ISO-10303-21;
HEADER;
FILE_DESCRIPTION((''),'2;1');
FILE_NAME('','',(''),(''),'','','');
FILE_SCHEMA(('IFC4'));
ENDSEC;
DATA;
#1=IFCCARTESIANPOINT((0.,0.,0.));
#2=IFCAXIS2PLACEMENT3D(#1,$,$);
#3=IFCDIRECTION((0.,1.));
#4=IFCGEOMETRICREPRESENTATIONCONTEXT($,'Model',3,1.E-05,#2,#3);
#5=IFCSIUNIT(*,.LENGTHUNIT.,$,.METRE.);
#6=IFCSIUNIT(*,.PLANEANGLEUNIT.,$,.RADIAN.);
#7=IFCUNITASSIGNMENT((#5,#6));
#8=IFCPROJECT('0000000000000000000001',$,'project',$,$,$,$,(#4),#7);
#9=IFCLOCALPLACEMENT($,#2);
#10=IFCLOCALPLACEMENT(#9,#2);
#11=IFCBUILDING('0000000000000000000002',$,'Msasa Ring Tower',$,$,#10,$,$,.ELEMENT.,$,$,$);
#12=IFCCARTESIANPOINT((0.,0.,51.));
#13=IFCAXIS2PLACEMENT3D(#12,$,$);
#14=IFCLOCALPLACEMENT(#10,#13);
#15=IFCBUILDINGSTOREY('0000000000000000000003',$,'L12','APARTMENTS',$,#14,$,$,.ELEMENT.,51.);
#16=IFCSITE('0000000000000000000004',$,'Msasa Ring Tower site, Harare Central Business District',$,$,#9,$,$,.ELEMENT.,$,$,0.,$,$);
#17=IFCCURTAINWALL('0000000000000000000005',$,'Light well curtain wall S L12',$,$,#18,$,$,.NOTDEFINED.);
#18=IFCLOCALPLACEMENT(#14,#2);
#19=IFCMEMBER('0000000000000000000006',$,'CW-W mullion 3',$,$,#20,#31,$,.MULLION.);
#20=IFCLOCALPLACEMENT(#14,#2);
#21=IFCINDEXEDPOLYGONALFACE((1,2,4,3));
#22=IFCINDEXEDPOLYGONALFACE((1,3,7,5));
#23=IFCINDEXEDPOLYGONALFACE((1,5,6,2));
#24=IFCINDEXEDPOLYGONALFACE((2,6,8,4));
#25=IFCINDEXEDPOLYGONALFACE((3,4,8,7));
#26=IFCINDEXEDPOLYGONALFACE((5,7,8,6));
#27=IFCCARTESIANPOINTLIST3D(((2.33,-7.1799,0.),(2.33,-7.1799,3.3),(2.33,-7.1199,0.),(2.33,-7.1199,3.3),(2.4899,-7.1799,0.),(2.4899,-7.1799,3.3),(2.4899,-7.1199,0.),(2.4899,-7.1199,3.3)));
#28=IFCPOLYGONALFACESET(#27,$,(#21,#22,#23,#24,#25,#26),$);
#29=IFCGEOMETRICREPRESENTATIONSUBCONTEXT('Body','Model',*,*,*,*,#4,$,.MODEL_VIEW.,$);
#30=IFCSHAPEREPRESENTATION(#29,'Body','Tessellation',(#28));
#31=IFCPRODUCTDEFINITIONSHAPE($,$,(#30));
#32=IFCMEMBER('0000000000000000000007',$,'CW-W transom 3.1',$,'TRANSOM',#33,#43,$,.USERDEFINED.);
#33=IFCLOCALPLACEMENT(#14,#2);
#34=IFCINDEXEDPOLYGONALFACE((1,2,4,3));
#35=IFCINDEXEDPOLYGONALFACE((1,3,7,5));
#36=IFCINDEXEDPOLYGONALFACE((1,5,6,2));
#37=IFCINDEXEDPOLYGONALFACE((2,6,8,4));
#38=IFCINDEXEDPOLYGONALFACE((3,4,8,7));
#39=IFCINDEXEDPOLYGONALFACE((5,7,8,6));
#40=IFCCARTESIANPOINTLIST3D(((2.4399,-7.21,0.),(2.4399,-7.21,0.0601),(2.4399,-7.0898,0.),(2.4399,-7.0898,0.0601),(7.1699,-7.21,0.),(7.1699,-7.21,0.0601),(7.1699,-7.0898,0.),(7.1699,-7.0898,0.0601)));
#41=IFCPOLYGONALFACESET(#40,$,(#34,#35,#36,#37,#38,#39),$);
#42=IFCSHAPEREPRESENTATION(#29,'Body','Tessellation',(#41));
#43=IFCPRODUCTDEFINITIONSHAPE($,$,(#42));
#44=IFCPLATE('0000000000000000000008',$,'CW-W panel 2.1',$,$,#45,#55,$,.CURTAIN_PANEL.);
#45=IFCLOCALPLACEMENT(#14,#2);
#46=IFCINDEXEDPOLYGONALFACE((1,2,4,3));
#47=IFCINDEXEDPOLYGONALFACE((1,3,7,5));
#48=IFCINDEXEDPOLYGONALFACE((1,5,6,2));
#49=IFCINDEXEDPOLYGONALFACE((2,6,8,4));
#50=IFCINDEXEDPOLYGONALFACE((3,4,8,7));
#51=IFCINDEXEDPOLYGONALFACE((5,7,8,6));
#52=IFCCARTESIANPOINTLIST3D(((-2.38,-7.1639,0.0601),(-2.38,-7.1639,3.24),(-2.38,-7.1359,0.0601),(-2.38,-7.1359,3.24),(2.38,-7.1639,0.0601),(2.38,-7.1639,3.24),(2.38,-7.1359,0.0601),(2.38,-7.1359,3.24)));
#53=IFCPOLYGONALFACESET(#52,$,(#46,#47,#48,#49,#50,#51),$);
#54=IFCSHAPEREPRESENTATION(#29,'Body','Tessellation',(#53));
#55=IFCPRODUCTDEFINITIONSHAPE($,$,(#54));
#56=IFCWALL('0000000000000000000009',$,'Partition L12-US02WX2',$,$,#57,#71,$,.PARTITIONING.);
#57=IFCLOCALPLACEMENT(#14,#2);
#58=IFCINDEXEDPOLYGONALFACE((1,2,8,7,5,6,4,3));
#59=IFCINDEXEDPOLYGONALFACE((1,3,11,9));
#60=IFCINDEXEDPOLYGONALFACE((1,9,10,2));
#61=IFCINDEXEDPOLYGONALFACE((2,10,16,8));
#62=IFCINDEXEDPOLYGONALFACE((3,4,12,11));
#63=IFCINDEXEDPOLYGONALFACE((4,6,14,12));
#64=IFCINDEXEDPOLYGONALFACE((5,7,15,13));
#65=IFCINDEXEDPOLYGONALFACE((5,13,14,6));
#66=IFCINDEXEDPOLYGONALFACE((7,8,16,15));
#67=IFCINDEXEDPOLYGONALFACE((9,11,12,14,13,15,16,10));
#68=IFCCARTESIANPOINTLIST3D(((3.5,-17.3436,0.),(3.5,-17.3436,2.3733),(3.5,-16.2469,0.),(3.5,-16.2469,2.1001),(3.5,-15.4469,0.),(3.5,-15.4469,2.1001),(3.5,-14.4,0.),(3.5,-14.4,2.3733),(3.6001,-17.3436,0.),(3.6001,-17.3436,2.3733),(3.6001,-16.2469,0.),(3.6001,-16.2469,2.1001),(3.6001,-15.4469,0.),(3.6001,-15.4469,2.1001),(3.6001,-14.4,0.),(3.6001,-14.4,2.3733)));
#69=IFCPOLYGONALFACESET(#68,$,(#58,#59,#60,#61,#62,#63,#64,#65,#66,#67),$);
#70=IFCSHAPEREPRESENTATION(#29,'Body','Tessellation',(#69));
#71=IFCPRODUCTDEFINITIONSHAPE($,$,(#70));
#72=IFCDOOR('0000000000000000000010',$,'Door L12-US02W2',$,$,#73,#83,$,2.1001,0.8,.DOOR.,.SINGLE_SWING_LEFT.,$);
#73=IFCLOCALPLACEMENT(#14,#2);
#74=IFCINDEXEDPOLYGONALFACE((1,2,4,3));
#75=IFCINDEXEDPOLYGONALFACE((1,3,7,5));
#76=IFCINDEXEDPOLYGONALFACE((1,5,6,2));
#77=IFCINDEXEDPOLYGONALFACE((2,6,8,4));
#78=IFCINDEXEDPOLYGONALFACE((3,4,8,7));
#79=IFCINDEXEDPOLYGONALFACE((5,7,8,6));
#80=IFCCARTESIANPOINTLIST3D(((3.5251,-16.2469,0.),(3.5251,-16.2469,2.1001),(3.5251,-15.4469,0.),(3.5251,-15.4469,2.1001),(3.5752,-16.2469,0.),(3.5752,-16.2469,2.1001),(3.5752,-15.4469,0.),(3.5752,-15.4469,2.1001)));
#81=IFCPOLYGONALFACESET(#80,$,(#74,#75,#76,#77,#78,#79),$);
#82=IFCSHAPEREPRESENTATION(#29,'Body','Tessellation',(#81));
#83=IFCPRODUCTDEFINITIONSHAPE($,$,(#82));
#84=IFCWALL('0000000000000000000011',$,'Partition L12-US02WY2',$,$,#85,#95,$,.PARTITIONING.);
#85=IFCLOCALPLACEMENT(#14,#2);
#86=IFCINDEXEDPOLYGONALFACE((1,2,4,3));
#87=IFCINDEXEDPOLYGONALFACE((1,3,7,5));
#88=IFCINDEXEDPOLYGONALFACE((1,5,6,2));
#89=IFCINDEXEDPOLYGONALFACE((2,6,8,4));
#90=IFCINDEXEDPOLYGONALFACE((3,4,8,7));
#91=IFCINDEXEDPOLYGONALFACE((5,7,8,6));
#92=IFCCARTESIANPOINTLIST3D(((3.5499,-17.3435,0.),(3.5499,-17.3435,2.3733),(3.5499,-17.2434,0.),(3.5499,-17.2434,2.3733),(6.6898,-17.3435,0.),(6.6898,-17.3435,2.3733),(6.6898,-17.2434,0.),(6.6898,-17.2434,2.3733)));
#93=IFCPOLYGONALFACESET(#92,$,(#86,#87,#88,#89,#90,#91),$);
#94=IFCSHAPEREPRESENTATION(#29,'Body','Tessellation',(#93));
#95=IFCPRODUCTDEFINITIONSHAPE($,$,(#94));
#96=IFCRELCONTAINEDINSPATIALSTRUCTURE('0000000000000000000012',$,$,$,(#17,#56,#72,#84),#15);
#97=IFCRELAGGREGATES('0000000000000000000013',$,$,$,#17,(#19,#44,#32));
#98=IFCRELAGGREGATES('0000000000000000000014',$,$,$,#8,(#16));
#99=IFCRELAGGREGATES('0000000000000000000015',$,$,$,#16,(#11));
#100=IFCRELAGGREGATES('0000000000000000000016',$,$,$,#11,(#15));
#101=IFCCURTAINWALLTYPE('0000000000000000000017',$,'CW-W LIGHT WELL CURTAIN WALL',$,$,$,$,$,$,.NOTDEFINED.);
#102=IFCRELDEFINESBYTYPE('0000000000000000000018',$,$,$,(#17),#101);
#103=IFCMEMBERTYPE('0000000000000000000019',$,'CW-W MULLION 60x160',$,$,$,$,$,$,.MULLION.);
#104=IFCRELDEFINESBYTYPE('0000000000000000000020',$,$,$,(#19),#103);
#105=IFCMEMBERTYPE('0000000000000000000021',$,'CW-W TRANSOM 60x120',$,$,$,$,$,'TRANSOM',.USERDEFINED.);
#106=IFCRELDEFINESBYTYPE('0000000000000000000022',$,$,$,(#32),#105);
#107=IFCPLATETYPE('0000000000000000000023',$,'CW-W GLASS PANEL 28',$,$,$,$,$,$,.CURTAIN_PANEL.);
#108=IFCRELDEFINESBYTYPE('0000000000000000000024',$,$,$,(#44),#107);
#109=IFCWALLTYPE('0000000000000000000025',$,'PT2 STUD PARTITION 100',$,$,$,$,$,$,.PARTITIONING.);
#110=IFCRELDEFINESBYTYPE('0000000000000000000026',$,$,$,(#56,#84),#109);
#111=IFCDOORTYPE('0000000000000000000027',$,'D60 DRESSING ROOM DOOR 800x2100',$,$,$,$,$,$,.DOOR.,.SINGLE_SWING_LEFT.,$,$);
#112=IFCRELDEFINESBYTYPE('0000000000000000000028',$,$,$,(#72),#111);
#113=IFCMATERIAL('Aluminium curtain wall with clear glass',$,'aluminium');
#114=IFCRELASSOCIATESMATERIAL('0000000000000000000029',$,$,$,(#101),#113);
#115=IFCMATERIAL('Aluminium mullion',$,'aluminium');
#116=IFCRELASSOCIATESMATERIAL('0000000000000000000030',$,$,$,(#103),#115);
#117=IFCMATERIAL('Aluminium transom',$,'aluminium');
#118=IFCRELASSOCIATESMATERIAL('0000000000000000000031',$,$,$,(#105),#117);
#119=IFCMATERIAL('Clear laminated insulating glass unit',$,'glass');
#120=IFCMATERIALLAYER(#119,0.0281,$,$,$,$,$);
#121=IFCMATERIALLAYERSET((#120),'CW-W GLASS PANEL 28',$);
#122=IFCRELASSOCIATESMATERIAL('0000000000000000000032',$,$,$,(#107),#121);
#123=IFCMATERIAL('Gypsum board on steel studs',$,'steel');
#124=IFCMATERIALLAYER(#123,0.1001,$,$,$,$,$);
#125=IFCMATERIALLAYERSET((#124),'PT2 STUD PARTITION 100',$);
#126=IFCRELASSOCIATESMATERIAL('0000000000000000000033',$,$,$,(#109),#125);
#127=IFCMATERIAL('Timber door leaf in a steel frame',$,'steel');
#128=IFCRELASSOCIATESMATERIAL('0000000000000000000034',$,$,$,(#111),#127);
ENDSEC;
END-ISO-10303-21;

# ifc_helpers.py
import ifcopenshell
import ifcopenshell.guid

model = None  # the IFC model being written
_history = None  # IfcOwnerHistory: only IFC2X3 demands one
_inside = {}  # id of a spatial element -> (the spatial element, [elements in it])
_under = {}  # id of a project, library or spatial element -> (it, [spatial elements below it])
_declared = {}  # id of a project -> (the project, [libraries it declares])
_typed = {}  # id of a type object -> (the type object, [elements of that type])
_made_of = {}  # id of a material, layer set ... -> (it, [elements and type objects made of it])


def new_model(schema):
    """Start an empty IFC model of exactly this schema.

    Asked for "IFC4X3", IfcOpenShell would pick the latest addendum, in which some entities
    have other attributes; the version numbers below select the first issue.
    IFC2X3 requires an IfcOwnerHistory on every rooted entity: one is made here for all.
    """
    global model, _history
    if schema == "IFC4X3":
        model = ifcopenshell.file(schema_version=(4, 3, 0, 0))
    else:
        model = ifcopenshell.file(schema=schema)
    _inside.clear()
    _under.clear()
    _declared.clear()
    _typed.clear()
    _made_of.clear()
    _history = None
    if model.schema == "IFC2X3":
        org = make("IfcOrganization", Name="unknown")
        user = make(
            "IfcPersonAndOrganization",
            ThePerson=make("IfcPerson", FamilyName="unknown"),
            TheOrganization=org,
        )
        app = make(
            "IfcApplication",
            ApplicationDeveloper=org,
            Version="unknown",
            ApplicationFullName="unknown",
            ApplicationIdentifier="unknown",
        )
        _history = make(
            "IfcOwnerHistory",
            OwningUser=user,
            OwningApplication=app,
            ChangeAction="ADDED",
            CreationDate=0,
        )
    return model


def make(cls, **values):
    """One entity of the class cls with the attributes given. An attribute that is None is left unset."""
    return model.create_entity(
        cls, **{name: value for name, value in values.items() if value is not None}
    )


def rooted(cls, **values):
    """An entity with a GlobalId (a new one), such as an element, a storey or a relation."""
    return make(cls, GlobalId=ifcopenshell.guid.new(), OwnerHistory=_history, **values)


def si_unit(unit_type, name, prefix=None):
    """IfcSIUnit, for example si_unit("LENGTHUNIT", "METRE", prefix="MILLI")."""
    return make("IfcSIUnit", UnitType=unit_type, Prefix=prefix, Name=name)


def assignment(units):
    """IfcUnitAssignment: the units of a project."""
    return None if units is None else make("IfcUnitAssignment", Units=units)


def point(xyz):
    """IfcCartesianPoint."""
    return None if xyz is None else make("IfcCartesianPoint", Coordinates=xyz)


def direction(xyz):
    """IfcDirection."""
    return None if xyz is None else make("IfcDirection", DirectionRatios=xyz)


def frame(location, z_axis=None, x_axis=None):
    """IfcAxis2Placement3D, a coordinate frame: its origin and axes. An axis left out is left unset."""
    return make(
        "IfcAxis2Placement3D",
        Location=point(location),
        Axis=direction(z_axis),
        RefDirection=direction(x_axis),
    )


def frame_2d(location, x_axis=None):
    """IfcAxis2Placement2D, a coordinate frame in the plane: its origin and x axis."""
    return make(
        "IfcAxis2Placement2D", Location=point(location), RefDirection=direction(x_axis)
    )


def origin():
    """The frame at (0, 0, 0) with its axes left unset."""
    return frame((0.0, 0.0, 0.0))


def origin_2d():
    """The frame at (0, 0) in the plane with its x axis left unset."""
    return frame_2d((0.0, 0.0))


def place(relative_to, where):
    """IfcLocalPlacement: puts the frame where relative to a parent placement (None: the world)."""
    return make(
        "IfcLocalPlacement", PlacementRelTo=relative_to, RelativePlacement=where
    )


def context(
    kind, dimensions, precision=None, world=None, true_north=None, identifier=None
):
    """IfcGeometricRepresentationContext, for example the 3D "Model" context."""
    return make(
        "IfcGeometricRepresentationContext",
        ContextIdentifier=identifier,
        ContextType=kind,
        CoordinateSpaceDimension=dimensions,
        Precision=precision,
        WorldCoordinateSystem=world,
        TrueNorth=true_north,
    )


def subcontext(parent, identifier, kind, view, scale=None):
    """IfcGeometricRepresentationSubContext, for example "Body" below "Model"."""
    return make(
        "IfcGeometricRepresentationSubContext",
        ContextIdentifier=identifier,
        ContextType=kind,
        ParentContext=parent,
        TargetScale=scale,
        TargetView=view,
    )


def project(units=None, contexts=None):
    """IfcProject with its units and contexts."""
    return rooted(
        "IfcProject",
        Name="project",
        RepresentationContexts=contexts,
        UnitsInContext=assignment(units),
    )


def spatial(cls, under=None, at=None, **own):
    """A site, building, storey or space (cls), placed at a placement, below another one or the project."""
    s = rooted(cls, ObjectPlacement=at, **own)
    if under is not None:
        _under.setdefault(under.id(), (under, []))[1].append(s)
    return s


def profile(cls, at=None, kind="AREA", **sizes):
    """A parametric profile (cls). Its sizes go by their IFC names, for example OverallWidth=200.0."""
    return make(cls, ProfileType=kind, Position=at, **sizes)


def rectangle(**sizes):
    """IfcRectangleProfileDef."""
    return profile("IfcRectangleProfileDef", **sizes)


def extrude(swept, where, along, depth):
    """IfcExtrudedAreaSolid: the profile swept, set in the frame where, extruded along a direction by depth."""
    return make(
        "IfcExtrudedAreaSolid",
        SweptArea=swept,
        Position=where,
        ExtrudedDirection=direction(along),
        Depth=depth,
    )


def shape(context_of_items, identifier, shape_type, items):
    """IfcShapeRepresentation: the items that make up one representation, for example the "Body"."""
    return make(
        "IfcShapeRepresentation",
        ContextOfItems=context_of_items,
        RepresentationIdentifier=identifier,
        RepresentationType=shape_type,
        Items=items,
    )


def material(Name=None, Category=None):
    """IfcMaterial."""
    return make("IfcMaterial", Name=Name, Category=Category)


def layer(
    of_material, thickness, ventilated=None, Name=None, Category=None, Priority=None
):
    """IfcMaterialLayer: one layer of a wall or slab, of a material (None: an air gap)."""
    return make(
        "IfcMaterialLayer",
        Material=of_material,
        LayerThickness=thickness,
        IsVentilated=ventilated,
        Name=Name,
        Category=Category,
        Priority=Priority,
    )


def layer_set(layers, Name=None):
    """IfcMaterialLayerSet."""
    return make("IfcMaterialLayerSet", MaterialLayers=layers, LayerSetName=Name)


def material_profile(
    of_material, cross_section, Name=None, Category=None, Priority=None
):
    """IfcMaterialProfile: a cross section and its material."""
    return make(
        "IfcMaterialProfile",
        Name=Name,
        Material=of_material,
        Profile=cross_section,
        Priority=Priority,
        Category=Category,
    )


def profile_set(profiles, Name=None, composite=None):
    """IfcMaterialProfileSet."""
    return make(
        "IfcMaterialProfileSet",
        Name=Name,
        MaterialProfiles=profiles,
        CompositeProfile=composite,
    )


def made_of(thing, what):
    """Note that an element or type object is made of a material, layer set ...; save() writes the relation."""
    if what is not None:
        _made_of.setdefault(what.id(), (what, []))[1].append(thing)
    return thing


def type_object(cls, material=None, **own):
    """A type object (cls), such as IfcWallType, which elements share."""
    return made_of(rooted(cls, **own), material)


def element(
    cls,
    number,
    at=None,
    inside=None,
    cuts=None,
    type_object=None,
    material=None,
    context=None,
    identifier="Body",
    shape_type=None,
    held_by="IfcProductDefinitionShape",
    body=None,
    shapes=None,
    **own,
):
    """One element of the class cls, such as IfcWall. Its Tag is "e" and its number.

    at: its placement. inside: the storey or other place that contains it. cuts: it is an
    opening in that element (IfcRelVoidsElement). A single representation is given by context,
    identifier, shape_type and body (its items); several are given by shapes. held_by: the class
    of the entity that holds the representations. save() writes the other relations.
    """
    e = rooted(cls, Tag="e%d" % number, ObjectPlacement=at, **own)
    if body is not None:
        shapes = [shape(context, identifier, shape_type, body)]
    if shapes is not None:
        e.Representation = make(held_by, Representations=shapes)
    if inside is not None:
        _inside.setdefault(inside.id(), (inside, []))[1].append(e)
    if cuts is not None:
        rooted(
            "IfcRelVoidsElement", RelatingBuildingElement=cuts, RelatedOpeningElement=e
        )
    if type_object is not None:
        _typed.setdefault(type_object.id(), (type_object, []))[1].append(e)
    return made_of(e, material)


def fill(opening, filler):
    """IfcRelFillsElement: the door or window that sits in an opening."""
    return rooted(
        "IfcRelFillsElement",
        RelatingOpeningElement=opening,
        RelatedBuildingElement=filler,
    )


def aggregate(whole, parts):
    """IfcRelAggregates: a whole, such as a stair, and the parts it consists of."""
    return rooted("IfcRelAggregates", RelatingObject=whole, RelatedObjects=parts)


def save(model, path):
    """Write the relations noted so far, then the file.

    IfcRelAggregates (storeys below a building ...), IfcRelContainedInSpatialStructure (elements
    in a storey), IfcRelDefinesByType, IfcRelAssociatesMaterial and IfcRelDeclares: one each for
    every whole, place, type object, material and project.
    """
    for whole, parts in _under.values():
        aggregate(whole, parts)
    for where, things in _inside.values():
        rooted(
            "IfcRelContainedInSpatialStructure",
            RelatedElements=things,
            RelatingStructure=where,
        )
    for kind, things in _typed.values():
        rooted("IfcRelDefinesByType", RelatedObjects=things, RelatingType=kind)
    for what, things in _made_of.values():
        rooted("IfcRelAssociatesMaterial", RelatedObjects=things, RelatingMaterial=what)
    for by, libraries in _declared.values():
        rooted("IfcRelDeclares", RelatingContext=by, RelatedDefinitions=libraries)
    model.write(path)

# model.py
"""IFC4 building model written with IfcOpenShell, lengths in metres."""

from ifc_helpers import new_model, si_unit, direction, frame, frame_2d, origin, origin_2d, place, context, subcontext, project, spatial, rectangle, extrude, material, layer, layer_set, material_profile, profile_set, type_object, element, fill, aggregate, save


model = new_model("IFC4")

# Units and contexts
model_context = context("Model", 3, precision=1e-05, world=origin(), true_north=direction((0.0, 1.0)))
body_context = subcontext(model_context, "Body", "Model", "MODEL_VIEW")
ifc_project = project(units=[si_unit("LENGTHUNIT", "METRE"), si_unit("PLANEANGLEUNIT", "RADIAN")], contexts=[model_context])

# Site, building, storey
site_placement = place(None, origin())
site = spatial("IfcSite", under=ifc_project, at=site_placement, Name="Msasa Ring Tower site, Harare Central Business District", CompositionType="ELEMENT", RefElevation=0.0)
building_placement = place(site_placement, origin())
building = spatial("IfcBuilding", under=site, at=building_placement, Name="Msasa Ring Tower", CompositionType="ELEMENT")
storey_placement = place(building_placement, frame((0.0, 0.0, 51.0)))
storey = spatial("IfcBuildingStorey", under=building, at=storey_placement, Name="L12", Description="APARTMENTS", CompositionType="ELEMENT", Elevation=51.0)

# Curtain wall, members, plate
ifc_material_1 = material(Name="Aluminium curtain wall with clear glass", Category="aluminium")
curtain_wall_type = type_object("IfcCurtainWallType", Name="CW-W LIGHT WELL CURTAIN WALL", PredefinedType="NOTDEFINED", material=ifc_material_1)
curtain_wall_placement = place(storey_placement, origin())
curtain_wall = element("IfcCurtainWall", 1, at=curtain_wall_placement, inside=storey, type_object=curtain_wall_type, Name="Light well curtain wall S L12", PredefinedType="NOTDEFINED")
ifc_material_2 = material(Name="Aluminium mullion", Category="aluminium")
ifc_material_profile_1 = material_profile(ifc_material_2, rectangle(XDim=0.0601, YDim=0.1599, at=origin_2d()), Name="AL 60x160")
ifc_profile_set_1 = profile_set([ifc_material_profile_1], Name="Aluminium mullion")
member_type_1 = type_object("IfcMemberType", Name="CW-W MULLION 60x160", PredefinedType="MULLION", material=ifc_profile_set_1)
member_1_placement = place(storey_placement, frame((2.4099, -7.1499, 0.0), z_axis=(0.0, 0.0, 1.0), x_axis=(0.0, 1.0, 0.0)))
member_1 = element("IfcMember", 2, at=member_1_placement, type_object=member_type_1, Name="CW-W mullion 3", PredefinedType="MULLION", context=body_context, shape_type="SweptSolid", body=[
    extrude(rectangle(XDim=0.0601, YDim=0.1599, at=origin_2d()), origin(), (0.0, 0.0, 1.0), 3.3),
])
ifc_material_3 = material(Name="Aluminium transom", Category="aluminium")
ifc_material_profile_2 = material_profile(ifc_material_3, rectangle(XDim=0.1201, YDim=0.0601, at=origin_2d()), Name="AL 60x120")
ifc_profile_set_2 = profile_set([ifc_material_profile_2], Name="Aluminium transom")
member_type_2 = type_object("IfcMemberType", Name="CW-W TRANSOM 60x120", ElementType="TRANSOM", PredefinedType="USERDEFINED", material=ifc_profile_set_2)
member_2_placement = place(storey_placement, frame((2.4399, -7.1499, 0.03), z_axis=(1.0, 0.0, 0.0), x_axis=(0.0, 1.0, 0.0)))
member_2 = element("IfcMember", 3, at=member_2_placement, type_object=member_type_2, Name="CW-W transom 3.1", ObjectType="TRANSOM", PredefinedType="USERDEFINED", context=body_context, shape_type="SweptSolid", body=[
    extrude(rectangle(XDim=0.1201, YDim=0.0601, at=origin_2d()), origin(), (0.0, 0.0, 1.0), 4.73),
])
ifc_material_4 = material(Name="Clear laminated insulating glass unit", Category="glass")
ifc_layer_1 = layer(ifc_material_4, 0.0281)
ifc_layer_set_1 = layer_set([ifc_layer_1], Name="CW-W GLASS PANEL 28")
plate_type = type_object("IfcPlateType", Name="CW-W GLASS PANEL 28", PredefinedType="CURTAIN_PANEL", material=ifc_layer_set_1)
plate_placement = place(storey_placement, frame((0.0, -7.1499, 0.0601), z_axis=(0.0, 0.0, 1.0), x_axis=(1.0, 0.0, 0.0)))
plate = element("IfcPlate", 4, at=plate_placement, type_object=plate_type, Name="CW-W panel 2.1", PredefinedType="CURTAIN_PANEL", context=body_context, shape_type="SweptSolid", body=[
    extrude(rectangle(XDim=4.76, YDim=0.0281, at=origin_2d()), origin(), (0.0, 0.0, 1.0), 3.1799),
])
aggregate(curtain_wall, [member_1, plate, member_2])

# Wall, opening, door
ifc_material_5 = material(Name="Gypsum board on steel studs", Category="steel")
ifc_layer_2 = layer(ifc_material_5, 0.1001)
ifc_layer_set_2 = layer_set([ifc_layer_2], Name="PT2 STUD PARTITION 100")
wall_type_1 = type_object("IfcWallType", Name="PT2 STUD PARTITION 100", PredefinedType="PARTITIONING", material=ifc_layer_set_2)
wall_1_placement = place(storey_placement, frame((3.55, -17.3435, 0.0), z_axis=(0.0, 0.0, 1.0), x_axis=(0.0, 1.0, 0.0)))
wall_1 = element("IfcWall", 5, at=wall_1_placement, inside=storey, type_object=wall_type_1, Name="Partition L12-US02WX2", PredefinedType="PARTITIONING", context=body_context, shape_type="SweptSolid", body=[
    extrude(rectangle(XDim=2.9436, YDim=0.1001, at=frame_2d((1.4717, 0.0))), origin(), (0.0, 0.0, 1.0), 2.3733),
])
opening_1_placement = place(wall_1_placement, frame((1.0967, 0.0, 0.0)))
opening_1 = element("IfcOpeningElement", 6, at=opening_1_placement, cuts=wall_1, PredefinedType="OPENING", context=body_context, shape_type="SweptSolid", body=[
    extrude(rectangle(XDim=0.8, YDim=2.1001, at=frame_2d((0.3999, 1.05))), frame((0.0, 0.0601, 0.0), z_axis=(0.0, -1.0, 0.0), x_axis=(1.0, 0.0, 0.0)), (0.0, 0.0, 1.0), 0.1201),
])
ifc_material_6 = material(Name="Timber door leaf in a steel frame", Category="steel")
door_type_1 = type_object("IfcDoorType", Name="D60 DRESSING ROOM DOOR 800x2100", OperationType="SINGLE_SWING_LEFT", PredefinedType="DOOR", material=ifc_material_6)
door_1_placement = place(opening_1_placement, origin())
door_1 = element("IfcDoor", 7, at=door_1_placement, inside=storey, type_object=door_type_1, Name="Door L12-US02W2", OperationType="SINGLE_SWING_LEFT", OverallHeight=2.1001, OverallWidth=0.8, PredefinedType="DOOR", context=body_context, shape_type="SweptSolid", body=[
    extrude(rectangle(XDim=0.8, YDim=2.1001, at=frame_2d((0.3999, 1.05))), frame((0.0, 0.0249, 0.0), z_axis=(0.0, -1.0, 0.0), x_axis=(1.0, 0.0, 0.0)), (0.0, 0.0, 1.0), 0.05),
])
fill(opening_1, door_1)

# Wall
wall_2_placement = place(storey_placement, frame((3.55, -17.2935, 0.0), z_axis=(0.0, 0.0, 1.0), x_axis=(1.0, 0.0, 0.0)))
element("IfcWall", 8, at=wall_2_placement, inside=storey, type_object=wall_type_1, Name="Partition L12-US02WY2", PredefinedType="PARTITIONING", context=body_context, shape_type="SweptSolid", body=[
    extrude(rectangle(XDim=3.1399, YDim=0.1001, at=frame_2d((1.5698, 0.0))), origin(), (0.0, 0.0, 1.0), 2.3733),
])

save(model, "model.ifc")
